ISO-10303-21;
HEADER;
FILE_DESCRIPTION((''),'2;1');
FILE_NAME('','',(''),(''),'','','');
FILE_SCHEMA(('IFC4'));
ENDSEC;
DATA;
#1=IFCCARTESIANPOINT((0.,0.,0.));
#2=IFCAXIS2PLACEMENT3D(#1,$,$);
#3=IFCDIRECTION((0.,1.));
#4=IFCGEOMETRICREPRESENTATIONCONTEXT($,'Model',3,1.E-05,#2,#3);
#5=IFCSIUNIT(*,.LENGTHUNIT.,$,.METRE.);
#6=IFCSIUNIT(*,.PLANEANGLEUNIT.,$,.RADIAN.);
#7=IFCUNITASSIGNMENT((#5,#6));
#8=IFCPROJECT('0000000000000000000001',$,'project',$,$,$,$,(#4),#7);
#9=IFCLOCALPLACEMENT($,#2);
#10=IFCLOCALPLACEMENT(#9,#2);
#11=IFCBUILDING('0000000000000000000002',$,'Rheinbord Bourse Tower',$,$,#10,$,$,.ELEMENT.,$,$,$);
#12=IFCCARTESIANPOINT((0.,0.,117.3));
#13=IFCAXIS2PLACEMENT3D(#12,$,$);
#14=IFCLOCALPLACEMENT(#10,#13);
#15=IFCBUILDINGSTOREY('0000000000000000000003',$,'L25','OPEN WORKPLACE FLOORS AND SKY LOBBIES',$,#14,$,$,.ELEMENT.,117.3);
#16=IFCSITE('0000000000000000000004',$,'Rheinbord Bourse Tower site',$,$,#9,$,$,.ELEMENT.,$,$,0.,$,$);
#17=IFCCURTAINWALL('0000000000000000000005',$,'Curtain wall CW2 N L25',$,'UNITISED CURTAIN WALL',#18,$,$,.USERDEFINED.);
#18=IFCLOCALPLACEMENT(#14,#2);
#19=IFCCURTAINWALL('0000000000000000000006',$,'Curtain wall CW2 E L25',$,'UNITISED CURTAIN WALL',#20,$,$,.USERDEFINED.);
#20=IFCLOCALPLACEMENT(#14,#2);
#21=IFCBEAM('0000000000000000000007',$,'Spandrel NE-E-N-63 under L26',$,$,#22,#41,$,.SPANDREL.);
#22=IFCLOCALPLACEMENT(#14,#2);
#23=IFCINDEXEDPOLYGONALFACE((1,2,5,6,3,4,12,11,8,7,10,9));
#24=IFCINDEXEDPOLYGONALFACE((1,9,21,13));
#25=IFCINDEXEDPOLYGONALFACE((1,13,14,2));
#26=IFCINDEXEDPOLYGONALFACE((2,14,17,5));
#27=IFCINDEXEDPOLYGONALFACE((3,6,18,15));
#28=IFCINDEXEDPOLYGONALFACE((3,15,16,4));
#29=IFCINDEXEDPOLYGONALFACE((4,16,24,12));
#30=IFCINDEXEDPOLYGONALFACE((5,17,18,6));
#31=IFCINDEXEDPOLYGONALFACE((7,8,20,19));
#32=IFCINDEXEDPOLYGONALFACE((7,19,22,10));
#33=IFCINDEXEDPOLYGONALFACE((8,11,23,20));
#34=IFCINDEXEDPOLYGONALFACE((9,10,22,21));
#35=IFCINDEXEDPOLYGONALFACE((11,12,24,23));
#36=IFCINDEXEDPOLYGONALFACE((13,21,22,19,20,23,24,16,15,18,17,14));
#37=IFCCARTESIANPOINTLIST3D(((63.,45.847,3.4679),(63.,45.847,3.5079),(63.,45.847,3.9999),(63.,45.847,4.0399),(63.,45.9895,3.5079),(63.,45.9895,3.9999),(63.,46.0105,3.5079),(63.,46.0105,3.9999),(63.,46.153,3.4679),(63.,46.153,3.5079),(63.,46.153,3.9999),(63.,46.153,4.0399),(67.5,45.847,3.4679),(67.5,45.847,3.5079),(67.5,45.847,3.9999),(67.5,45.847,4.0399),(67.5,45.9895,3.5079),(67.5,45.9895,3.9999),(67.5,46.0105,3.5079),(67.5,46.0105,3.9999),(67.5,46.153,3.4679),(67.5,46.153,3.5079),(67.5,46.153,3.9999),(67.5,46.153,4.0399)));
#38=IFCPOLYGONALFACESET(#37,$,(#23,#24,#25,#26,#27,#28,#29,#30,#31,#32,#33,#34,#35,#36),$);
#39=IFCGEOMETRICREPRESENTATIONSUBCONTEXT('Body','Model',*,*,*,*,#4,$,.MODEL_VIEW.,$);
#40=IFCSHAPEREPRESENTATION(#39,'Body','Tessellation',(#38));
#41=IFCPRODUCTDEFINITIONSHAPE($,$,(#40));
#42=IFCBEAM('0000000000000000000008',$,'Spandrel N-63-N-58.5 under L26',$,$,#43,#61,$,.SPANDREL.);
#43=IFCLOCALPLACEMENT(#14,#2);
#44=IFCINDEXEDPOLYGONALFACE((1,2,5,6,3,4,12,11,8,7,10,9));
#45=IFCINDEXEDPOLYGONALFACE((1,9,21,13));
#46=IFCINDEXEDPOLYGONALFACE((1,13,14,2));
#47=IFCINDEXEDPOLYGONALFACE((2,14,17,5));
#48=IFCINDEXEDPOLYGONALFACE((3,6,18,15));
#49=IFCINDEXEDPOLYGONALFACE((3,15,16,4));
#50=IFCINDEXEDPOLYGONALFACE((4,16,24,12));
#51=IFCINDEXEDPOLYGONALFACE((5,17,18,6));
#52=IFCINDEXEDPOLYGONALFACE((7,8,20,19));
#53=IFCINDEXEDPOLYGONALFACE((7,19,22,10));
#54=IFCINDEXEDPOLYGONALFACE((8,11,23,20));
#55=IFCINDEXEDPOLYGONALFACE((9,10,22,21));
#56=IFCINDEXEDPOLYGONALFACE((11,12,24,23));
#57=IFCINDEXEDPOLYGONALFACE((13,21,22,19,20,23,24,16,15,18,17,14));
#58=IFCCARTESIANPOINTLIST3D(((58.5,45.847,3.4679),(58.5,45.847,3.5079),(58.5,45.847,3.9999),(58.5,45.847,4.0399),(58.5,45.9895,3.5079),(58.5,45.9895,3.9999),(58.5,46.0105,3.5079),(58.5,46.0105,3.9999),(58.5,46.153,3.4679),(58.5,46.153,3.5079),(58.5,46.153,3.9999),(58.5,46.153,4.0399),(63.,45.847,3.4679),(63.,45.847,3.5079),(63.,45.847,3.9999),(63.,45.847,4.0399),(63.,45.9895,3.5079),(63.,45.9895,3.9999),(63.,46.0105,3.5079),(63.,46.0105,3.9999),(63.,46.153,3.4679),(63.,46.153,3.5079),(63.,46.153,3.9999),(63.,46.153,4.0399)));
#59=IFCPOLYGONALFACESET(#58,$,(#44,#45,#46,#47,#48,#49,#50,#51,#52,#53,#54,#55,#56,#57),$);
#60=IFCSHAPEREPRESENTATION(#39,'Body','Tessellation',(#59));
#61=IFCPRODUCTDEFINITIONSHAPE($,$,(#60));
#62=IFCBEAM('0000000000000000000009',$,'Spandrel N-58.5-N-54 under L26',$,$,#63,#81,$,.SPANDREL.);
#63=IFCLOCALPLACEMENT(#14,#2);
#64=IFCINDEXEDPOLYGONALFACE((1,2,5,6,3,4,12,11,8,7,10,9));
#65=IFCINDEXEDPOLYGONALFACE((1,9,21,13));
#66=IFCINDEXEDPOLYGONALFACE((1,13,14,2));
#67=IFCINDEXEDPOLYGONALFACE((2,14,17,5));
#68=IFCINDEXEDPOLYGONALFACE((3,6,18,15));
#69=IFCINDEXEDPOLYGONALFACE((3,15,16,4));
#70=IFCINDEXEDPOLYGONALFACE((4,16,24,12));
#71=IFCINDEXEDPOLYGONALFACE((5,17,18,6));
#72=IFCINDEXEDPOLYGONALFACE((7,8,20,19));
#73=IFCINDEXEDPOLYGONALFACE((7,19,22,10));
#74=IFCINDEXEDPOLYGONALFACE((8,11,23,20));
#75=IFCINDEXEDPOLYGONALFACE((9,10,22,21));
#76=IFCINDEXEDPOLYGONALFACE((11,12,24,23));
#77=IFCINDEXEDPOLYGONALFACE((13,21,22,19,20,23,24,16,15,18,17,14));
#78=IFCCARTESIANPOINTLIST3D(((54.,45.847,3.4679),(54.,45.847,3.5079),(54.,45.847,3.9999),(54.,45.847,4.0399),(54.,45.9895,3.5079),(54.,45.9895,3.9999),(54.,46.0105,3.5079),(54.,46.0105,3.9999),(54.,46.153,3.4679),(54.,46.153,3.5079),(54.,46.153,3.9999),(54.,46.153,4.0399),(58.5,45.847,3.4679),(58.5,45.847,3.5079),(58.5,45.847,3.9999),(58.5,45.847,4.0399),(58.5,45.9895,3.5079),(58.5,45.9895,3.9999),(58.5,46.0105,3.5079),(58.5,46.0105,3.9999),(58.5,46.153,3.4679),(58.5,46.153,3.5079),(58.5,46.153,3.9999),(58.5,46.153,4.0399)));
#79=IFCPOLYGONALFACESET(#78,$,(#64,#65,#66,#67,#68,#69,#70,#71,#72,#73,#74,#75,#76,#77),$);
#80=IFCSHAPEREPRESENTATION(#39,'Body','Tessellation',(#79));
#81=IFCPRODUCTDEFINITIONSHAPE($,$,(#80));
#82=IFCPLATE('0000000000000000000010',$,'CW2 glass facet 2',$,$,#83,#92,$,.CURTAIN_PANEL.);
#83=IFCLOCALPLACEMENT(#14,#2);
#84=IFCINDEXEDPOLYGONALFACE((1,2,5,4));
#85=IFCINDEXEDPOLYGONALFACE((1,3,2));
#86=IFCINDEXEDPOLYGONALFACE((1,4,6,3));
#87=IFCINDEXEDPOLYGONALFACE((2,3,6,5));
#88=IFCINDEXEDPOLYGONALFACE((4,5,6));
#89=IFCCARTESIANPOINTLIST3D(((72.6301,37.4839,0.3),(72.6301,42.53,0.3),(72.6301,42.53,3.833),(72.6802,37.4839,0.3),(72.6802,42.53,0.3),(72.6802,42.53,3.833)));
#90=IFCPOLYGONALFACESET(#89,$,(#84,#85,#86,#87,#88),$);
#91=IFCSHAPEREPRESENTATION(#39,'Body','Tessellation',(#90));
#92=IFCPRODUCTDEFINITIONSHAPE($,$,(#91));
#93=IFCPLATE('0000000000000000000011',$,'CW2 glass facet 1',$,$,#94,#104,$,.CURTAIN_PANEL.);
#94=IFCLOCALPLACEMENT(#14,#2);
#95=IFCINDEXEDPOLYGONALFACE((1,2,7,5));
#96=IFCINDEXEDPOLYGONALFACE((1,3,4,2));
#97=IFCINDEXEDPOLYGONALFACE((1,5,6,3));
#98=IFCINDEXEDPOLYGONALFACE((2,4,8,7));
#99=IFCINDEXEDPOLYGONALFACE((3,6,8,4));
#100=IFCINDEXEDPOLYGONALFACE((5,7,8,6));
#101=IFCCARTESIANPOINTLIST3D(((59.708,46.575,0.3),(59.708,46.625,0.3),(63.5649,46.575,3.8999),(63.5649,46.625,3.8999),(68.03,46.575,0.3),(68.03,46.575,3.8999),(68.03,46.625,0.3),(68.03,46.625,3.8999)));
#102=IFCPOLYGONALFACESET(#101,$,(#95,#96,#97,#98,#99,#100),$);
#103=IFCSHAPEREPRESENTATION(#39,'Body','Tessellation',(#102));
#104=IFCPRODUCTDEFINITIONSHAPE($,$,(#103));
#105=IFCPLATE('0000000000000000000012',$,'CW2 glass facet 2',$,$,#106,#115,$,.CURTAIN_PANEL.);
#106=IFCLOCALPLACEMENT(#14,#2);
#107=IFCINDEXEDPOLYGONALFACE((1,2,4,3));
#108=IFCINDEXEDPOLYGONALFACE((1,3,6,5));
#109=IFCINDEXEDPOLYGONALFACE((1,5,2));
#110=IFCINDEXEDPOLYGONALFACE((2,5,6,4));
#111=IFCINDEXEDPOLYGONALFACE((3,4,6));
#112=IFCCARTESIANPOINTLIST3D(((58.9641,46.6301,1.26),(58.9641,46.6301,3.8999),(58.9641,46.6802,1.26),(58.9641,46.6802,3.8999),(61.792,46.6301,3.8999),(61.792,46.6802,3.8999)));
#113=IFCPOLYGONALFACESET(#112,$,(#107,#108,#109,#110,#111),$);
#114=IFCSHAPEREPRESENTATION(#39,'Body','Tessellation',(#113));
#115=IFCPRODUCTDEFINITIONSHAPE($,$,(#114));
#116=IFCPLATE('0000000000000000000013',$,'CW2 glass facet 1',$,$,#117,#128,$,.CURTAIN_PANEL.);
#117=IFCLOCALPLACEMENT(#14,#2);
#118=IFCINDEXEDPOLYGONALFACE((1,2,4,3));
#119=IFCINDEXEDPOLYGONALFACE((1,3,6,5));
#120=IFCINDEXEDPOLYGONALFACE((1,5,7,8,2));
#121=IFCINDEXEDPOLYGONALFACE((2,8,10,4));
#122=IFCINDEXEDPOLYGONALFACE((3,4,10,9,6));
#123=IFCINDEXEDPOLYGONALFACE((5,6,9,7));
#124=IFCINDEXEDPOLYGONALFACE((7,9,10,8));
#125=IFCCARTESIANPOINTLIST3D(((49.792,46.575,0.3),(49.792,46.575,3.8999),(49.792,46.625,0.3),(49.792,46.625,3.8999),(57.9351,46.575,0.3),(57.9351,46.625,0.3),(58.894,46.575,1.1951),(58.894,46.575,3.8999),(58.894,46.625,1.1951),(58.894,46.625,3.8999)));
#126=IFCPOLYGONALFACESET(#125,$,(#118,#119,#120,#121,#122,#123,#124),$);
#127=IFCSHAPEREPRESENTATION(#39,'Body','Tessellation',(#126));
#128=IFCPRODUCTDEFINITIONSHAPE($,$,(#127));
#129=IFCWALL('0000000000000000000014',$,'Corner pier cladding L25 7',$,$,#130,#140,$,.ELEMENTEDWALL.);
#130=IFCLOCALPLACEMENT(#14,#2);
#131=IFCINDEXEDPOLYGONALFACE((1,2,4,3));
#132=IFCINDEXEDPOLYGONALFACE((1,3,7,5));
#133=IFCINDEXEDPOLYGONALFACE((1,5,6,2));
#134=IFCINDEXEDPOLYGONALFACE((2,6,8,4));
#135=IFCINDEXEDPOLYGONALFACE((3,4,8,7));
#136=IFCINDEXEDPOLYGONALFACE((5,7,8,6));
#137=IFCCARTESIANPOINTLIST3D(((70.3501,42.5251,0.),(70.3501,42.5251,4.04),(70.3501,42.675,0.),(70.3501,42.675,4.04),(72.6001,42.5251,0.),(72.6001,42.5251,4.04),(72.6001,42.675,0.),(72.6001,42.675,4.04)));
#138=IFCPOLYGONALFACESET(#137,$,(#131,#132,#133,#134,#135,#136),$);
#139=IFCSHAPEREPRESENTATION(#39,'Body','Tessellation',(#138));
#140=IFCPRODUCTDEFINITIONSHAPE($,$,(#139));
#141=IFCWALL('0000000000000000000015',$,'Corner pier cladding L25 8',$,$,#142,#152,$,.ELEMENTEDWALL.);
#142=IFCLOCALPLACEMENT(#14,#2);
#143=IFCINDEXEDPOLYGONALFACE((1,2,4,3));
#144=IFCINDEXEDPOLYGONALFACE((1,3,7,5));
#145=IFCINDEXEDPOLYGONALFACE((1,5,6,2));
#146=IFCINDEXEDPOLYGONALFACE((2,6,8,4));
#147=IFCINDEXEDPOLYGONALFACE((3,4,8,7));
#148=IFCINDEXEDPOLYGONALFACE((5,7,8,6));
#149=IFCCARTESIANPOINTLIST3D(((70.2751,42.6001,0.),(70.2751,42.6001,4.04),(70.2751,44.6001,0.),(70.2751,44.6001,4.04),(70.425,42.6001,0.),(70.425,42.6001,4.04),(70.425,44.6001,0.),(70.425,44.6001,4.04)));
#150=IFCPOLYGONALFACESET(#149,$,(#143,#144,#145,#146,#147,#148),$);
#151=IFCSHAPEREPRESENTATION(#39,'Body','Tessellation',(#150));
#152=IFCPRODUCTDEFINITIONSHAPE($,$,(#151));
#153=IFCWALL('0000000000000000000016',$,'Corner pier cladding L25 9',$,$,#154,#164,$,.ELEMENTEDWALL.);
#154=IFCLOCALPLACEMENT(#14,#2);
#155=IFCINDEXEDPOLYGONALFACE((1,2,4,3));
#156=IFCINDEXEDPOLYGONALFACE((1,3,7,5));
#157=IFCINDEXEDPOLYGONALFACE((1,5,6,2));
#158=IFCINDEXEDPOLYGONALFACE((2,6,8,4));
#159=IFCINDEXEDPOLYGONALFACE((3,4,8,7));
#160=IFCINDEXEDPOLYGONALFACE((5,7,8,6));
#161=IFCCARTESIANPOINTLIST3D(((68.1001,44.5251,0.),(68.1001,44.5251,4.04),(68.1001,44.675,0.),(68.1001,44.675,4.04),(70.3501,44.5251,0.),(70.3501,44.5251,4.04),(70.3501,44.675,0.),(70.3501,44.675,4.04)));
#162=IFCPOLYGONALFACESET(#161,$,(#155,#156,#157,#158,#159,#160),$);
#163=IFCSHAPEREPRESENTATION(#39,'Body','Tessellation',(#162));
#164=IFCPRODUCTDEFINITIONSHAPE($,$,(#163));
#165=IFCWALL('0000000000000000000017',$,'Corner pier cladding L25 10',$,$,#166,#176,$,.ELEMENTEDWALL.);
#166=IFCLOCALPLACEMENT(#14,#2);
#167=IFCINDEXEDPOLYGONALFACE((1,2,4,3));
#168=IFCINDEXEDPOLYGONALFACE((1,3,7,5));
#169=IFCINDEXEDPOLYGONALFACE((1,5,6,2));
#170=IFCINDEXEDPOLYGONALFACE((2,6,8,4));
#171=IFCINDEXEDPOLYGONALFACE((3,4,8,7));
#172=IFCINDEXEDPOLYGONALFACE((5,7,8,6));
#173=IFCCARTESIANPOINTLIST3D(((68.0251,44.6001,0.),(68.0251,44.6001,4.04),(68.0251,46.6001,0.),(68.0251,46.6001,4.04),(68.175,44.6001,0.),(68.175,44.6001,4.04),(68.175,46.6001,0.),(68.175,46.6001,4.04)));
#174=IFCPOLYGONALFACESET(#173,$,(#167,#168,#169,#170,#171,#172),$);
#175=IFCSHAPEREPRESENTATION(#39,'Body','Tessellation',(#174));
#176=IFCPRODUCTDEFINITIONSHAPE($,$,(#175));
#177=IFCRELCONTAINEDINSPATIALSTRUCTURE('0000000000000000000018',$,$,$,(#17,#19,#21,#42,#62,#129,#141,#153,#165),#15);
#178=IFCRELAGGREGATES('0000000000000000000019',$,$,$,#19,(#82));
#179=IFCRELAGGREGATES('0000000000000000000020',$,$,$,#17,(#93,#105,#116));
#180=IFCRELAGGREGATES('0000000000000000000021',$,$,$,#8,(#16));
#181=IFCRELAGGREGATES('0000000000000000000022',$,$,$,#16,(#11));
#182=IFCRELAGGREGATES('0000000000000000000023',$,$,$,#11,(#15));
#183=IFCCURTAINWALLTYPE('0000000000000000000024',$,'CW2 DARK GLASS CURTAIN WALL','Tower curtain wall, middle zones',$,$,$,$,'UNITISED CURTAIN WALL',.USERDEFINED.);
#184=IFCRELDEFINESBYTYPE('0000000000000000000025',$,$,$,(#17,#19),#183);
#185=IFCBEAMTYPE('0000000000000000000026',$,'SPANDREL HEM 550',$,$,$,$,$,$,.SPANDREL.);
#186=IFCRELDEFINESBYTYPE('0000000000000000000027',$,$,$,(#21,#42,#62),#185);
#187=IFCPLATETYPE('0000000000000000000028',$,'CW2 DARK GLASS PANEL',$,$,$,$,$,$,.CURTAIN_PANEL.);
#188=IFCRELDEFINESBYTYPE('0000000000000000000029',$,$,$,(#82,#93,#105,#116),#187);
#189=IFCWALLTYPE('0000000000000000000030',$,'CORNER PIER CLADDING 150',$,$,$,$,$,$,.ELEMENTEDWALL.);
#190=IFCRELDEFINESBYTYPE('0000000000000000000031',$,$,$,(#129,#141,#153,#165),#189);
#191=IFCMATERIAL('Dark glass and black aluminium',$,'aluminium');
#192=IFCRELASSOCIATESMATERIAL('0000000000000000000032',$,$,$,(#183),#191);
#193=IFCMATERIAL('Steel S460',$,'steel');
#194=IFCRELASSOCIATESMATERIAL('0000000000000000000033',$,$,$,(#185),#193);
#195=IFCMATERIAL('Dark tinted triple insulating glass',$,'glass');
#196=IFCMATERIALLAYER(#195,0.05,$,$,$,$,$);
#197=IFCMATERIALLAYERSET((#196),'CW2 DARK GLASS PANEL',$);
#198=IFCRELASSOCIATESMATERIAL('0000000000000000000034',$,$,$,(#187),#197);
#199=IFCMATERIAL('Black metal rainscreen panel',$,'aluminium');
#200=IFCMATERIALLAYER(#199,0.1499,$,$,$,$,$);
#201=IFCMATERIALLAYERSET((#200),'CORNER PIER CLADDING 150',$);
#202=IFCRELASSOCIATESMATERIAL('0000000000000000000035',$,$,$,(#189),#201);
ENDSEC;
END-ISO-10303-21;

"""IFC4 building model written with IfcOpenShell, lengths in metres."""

from ifc_helpers import new_model, si_unit, direction, frame, frame_2d, origin, origin_2d, place, context, subcontext, project, spatial, polyline, rectangle, i_section, outline, extrude, material, layer, layer_set, material_profile, profile_set, type_object, element, aggregate, save


model = new_model("IFC4")

# Units and contexts
model_context = context("Model", 3, precision=1e-05, world=origin(), true_north=direction((0.0, 1.0)))
body_context = subcontext(model_context, "Body", "Model", "MODEL_VIEW")
ifc_project = project(units=[si_unit("LENGTHUNIT", "METRE"), si_unit("PLANEANGLEUNIT", "RADIAN")], contexts=[model_context])

# Site, building, storey
site_placement = place(None, origin())
site = spatial("IfcSite", under=ifc_project, at=site_placement, Name="Rheinbord Bourse Tower site", CompositionType="ELEMENT", RefElevation=0.0)
building_placement = place(site_placement, origin())
building = spatial("IfcBuilding", under=site, at=building_placement, Name="Rheinbord Bourse Tower", CompositionType="ELEMENT")
storey_placement = place(building_placement, frame((0.0, 0.0, 117.3)))
storey = spatial("IfcBuildingStorey", under=building, at=storey_placement, Name="L25", Description="OPEN WORKPLACE FLOORS AND SKY LOBBIES", CompositionType="ELEMENT", Elevation=117.3)

# Curtain walls
ifc_material_1 = material(Name="Dark glass and black aluminium", Category="aluminium")
curtain_wall_type = type_object("IfcCurtainWallType", Name="CW2 DARK GLASS CURTAIN WALL", Description="Tower curtain wall, middle zones", ElementType="UNITISED CURTAIN WALL", PredefinedType="USERDEFINED", material=ifc_material_1)
curtain_wall_1_placement = place(storey_placement, origin())
curtain_wall_1 = element("IfcCurtainWall", 1, at=curtain_wall_1_placement, inside=storey, type_object=curtain_wall_type, Name="Curtain wall CW2 N L25", ObjectType="UNITISED CURTAIN WALL", PredefinedType="USERDEFINED")
curtain_wall_2_placement = place(storey_placement, origin())
curtain_wall_2 = element("IfcCurtainWall", 2, at=curtain_wall_2_placement, inside=storey, type_object=curtain_wall_type, Name="Curtain wall CW2 E L25", ObjectType="UNITISED CURTAIN WALL", PredefinedType="USERDEFINED")

# Beams
ifc_material_2 = material(Name="Steel S460", Category="steel")
ifc_material_profile_1 = material_profile(ifc_material_2, i_section(OverallWidth=0.3059, OverallDepth=0.572, WebThickness=0.021, FlangeThickness=0.04, at=origin_2d()), Name="HEM 550")
ifc_profile_set_1 = profile_set([ifc_material_profile_1], Name="Steel S460")
beam_type_1 = type_object("IfcBeamType", Name="SPANDREL HEM 550", PredefinedType="SPANDREL", material=ifc_profile_set_1)
for number, where, z_axis, x_axis, name in (
    (3, (67.5, 46.0, 3.7539), (-1.0, 0.0, 0.0), (0.0, -1.0, 0.0), "Spandrel NE-E-N-63 under L26"),
    (4, (63.0, 46.0, 3.7539), (-1.0, 0.0, 0.0), (0.0, -1.0, 0.0), "Spandrel N-63-N-58.5 under L26"),
    (5, (58.5, 46.0, 3.7539), (-1.0, 0.0, 0.0), (0.0, -1.0, 0.0), "Spandrel N-58.5-N-54 under L26"),
):
    element("IfcBeam", number, at=place(storey_placement, frame(where, z_axis=z_axis, x_axis=x_axis)), inside=storey, type_object=beam_type_1, Name=name, PredefinedType="SPANDREL", context=body_context, shape_type="SweptSolid", body=[
        extrude(i_section(OverallWidth=0.3059, OverallDepth=0.572, WebThickness=0.021, FlangeThickness=0.04, at=origin_2d()), origin(), (0.0, 0.0, 1.0), 4.5),
    ])

# Plates
ifc_material_3 = material(Name="Dark tinted triple insulating glass", Category="glass")
ifc_layer_1 = layer(ifc_material_3, 0.05)
ifc_layer_set_1 = layer_set([ifc_layer_1], Name="CW2 DARK GLASS PANEL")
plate_type = type_object("IfcPlateType", Name="CW2 DARK GLASS PANEL", PredefinedType="CURTAIN_PANEL", material=ifc_layer_set_1)
plate_1_placement = place(storey_placement, frame((72.6802, 42.53, 0.3), z_axis=(-1.0, 0.0, 0.0), x_axis=(0.0, -1.0, 0.0)))
plate_1 = element("IfcPlate", 6, at=plate_1_placement, type_object=plate_type, Name="CW2 glass facet 2", PredefinedType="CURTAIN_PANEL", context=body_context, shape_type="SweptSolid", body=[
    extrude(outline(polyline([(0.0, 0.0), (5.0461, 0.0), (0.0, 3.533), (0.0, 0.0)])), origin(), (0.0, 0.0, 1.0), 0.05),
])
aggregate(curtain_wall_2, [plate_1])
plate_2_placement = place(storey_placement, frame((68.03, 46.625, 0.3), z_axis=(0.0, -1.0, 0.0), x_axis=(0.0, 0.0, 1.0)))
plate_2 = element("IfcPlate", 7, at=plate_2_placement, type_object=plate_type, Name="CW2 glass facet 1", PredefinedType="CURTAIN_PANEL", context=body_context, shape_type="SweptSolid", body=[
    extrude(outline(polyline([(0.0, 0.0), (3.5999, 0.0), (3.5999, 4.4651), (0.0, 8.322), (0.0, 0.0)])), origin(), (0.0, 0.0, 1.0), 0.05),
])
plate_3_placement = place(storey_placement, frame((58.9641, 46.6802, 3.8999), z_axis=(0.0, -1.0, 0.0), x_axis=(0.0, 0.0, -1.0)))
plate_3 = element("IfcPlate", 8, at=plate_3_placement, type_object=plate_type, Name="CW2 glass facet 2", PredefinedType="CURTAIN_PANEL", context=body_context, shape_type="SweptSolid", body=[
    extrude(outline(polyline([(0.0, 0.0), (2.6399, 0.0), (0.0, 2.8279), (0.0, 0.0)])), origin(), (0.0, 0.0, 1.0), 0.05),
])
plate_4_placement = place(storey_placement, frame((58.894, 46.625, 3.8999), z_axis=(0.0, -1.0, 0.0), x_axis=(-1.0, 0.0, 0.0)))
plate_4 = element("IfcPlate", 9, at=plate_4_placement, type_object=plate_type, Name="CW2 glass facet 1", PredefinedType="CURTAIN_PANEL", context=body_context, shape_type="SweptSolid", body=[
    extrude(outline(polyline([(0.0, 0.0), (9.1021, 0.0), (9.1021, 3.5999), (0.959, 3.5999), (0.0, 2.7048), (0.0, 0.0)])), origin(), (0.0, 0.0, 1.0), 0.05),
])
aggregate(curtain_wall_1, [plate_2, plate_3, plate_4])

# Walls
ifc_material_4 = material(Name="Black metal rainscreen panel", Category="aluminium")
ifc_layer_2 = layer(ifc_material_4, 0.1499)
ifc_layer_set_2 = layer_set([ifc_layer_2], Name="CORNER PIER CLADDING 150")
wall_type = type_object("IfcWallType", Name="CORNER PIER CLADDING 150", PredefinedType="ELEMENTEDWALL", material=ifc_layer_set_2)
wall_1_placement = place(storey_placement, frame((72.6001, 42.6001, 0.0), z_axis=(0.0, 0.0, 1.0), x_axis=(-1.0, 0.0, 0.0)))
element("IfcWall", 10, at=wall_1_placement, inside=storey, type_object=wall_type, Name="Corner pier cladding L25 7", PredefinedType="ELEMENTEDWALL", context=body_context, shape_type="SweptSolid", body=[
    extrude(rectangle(XDim=2.25, YDim=0.1499, at=frame_2d((1.125, 0.0))), origin(), (0.0, 0.0, 1.0), 4.04),
])
wall_2_placement = place(storey_placement, frame((70.3501, 42.6001, 0.0), z_axis=(0.0, 0.0, 1.0), x_axis=(0.0, 1.0, 0.0)))
element("IfcWall", 11, at=wall_2_placement, inside=storey, type_object=wall_type, Name="Corner pier cladding L25 8", PredefinedType="ELEMENTEDWALL", context=body_context, shape_type="SweptSolid", body=[
    extrude(rectangle(XDim=2.0, YDim=0.1499, at=frame_2d((1.0, 0.0))), origin(), (0.0, 0.0, 1.0), 4.04),
])
wall_3_placement = place(storey_placement, frame((70.3501, 44.6001, 0.0), z_axis=(0.0, 0.0, 1.0), x_axis=(-1.0, 0.0, 0.0)))
element("IfcWall", 12, at=wall_3_placement, inside=storey, type_object=wall_type, Name="Corner pier cladding L25 9", PredefinedType="ELEMENTEDWALL", context=body_context, shape_type="SweptSolid", body=[
    extrude(rectangle(XDim=2.25, YDim=0.1499, at=frame_2d((1.125, 0.0))), origin(), (0.0, 0.0, 1.0), 4.04),
])
wall_4_placement = place(storey_placement, frame((68.1001, 44.6001, 0.0), z_axis=(0.0, 0.0, 1.0), x_axis=(0.0, 1.0, 0.0)))
element("IfcWall", 13, at=wall_4_placement, inside=storey, type_object=wall_type, Name="Corner pier cladding L25 10", PredefinedType="ELEMENTEDWALL", context=body_context, shape_type="SweptSolid", body=[
    extrude(rectangle(XDim=2.0, YDim=0.1499, at=frame_2d((1.0, 0.0))), origin(), (0.0, 0.0, 1.0), 4.04),
])

save(model, "model.ifc")
